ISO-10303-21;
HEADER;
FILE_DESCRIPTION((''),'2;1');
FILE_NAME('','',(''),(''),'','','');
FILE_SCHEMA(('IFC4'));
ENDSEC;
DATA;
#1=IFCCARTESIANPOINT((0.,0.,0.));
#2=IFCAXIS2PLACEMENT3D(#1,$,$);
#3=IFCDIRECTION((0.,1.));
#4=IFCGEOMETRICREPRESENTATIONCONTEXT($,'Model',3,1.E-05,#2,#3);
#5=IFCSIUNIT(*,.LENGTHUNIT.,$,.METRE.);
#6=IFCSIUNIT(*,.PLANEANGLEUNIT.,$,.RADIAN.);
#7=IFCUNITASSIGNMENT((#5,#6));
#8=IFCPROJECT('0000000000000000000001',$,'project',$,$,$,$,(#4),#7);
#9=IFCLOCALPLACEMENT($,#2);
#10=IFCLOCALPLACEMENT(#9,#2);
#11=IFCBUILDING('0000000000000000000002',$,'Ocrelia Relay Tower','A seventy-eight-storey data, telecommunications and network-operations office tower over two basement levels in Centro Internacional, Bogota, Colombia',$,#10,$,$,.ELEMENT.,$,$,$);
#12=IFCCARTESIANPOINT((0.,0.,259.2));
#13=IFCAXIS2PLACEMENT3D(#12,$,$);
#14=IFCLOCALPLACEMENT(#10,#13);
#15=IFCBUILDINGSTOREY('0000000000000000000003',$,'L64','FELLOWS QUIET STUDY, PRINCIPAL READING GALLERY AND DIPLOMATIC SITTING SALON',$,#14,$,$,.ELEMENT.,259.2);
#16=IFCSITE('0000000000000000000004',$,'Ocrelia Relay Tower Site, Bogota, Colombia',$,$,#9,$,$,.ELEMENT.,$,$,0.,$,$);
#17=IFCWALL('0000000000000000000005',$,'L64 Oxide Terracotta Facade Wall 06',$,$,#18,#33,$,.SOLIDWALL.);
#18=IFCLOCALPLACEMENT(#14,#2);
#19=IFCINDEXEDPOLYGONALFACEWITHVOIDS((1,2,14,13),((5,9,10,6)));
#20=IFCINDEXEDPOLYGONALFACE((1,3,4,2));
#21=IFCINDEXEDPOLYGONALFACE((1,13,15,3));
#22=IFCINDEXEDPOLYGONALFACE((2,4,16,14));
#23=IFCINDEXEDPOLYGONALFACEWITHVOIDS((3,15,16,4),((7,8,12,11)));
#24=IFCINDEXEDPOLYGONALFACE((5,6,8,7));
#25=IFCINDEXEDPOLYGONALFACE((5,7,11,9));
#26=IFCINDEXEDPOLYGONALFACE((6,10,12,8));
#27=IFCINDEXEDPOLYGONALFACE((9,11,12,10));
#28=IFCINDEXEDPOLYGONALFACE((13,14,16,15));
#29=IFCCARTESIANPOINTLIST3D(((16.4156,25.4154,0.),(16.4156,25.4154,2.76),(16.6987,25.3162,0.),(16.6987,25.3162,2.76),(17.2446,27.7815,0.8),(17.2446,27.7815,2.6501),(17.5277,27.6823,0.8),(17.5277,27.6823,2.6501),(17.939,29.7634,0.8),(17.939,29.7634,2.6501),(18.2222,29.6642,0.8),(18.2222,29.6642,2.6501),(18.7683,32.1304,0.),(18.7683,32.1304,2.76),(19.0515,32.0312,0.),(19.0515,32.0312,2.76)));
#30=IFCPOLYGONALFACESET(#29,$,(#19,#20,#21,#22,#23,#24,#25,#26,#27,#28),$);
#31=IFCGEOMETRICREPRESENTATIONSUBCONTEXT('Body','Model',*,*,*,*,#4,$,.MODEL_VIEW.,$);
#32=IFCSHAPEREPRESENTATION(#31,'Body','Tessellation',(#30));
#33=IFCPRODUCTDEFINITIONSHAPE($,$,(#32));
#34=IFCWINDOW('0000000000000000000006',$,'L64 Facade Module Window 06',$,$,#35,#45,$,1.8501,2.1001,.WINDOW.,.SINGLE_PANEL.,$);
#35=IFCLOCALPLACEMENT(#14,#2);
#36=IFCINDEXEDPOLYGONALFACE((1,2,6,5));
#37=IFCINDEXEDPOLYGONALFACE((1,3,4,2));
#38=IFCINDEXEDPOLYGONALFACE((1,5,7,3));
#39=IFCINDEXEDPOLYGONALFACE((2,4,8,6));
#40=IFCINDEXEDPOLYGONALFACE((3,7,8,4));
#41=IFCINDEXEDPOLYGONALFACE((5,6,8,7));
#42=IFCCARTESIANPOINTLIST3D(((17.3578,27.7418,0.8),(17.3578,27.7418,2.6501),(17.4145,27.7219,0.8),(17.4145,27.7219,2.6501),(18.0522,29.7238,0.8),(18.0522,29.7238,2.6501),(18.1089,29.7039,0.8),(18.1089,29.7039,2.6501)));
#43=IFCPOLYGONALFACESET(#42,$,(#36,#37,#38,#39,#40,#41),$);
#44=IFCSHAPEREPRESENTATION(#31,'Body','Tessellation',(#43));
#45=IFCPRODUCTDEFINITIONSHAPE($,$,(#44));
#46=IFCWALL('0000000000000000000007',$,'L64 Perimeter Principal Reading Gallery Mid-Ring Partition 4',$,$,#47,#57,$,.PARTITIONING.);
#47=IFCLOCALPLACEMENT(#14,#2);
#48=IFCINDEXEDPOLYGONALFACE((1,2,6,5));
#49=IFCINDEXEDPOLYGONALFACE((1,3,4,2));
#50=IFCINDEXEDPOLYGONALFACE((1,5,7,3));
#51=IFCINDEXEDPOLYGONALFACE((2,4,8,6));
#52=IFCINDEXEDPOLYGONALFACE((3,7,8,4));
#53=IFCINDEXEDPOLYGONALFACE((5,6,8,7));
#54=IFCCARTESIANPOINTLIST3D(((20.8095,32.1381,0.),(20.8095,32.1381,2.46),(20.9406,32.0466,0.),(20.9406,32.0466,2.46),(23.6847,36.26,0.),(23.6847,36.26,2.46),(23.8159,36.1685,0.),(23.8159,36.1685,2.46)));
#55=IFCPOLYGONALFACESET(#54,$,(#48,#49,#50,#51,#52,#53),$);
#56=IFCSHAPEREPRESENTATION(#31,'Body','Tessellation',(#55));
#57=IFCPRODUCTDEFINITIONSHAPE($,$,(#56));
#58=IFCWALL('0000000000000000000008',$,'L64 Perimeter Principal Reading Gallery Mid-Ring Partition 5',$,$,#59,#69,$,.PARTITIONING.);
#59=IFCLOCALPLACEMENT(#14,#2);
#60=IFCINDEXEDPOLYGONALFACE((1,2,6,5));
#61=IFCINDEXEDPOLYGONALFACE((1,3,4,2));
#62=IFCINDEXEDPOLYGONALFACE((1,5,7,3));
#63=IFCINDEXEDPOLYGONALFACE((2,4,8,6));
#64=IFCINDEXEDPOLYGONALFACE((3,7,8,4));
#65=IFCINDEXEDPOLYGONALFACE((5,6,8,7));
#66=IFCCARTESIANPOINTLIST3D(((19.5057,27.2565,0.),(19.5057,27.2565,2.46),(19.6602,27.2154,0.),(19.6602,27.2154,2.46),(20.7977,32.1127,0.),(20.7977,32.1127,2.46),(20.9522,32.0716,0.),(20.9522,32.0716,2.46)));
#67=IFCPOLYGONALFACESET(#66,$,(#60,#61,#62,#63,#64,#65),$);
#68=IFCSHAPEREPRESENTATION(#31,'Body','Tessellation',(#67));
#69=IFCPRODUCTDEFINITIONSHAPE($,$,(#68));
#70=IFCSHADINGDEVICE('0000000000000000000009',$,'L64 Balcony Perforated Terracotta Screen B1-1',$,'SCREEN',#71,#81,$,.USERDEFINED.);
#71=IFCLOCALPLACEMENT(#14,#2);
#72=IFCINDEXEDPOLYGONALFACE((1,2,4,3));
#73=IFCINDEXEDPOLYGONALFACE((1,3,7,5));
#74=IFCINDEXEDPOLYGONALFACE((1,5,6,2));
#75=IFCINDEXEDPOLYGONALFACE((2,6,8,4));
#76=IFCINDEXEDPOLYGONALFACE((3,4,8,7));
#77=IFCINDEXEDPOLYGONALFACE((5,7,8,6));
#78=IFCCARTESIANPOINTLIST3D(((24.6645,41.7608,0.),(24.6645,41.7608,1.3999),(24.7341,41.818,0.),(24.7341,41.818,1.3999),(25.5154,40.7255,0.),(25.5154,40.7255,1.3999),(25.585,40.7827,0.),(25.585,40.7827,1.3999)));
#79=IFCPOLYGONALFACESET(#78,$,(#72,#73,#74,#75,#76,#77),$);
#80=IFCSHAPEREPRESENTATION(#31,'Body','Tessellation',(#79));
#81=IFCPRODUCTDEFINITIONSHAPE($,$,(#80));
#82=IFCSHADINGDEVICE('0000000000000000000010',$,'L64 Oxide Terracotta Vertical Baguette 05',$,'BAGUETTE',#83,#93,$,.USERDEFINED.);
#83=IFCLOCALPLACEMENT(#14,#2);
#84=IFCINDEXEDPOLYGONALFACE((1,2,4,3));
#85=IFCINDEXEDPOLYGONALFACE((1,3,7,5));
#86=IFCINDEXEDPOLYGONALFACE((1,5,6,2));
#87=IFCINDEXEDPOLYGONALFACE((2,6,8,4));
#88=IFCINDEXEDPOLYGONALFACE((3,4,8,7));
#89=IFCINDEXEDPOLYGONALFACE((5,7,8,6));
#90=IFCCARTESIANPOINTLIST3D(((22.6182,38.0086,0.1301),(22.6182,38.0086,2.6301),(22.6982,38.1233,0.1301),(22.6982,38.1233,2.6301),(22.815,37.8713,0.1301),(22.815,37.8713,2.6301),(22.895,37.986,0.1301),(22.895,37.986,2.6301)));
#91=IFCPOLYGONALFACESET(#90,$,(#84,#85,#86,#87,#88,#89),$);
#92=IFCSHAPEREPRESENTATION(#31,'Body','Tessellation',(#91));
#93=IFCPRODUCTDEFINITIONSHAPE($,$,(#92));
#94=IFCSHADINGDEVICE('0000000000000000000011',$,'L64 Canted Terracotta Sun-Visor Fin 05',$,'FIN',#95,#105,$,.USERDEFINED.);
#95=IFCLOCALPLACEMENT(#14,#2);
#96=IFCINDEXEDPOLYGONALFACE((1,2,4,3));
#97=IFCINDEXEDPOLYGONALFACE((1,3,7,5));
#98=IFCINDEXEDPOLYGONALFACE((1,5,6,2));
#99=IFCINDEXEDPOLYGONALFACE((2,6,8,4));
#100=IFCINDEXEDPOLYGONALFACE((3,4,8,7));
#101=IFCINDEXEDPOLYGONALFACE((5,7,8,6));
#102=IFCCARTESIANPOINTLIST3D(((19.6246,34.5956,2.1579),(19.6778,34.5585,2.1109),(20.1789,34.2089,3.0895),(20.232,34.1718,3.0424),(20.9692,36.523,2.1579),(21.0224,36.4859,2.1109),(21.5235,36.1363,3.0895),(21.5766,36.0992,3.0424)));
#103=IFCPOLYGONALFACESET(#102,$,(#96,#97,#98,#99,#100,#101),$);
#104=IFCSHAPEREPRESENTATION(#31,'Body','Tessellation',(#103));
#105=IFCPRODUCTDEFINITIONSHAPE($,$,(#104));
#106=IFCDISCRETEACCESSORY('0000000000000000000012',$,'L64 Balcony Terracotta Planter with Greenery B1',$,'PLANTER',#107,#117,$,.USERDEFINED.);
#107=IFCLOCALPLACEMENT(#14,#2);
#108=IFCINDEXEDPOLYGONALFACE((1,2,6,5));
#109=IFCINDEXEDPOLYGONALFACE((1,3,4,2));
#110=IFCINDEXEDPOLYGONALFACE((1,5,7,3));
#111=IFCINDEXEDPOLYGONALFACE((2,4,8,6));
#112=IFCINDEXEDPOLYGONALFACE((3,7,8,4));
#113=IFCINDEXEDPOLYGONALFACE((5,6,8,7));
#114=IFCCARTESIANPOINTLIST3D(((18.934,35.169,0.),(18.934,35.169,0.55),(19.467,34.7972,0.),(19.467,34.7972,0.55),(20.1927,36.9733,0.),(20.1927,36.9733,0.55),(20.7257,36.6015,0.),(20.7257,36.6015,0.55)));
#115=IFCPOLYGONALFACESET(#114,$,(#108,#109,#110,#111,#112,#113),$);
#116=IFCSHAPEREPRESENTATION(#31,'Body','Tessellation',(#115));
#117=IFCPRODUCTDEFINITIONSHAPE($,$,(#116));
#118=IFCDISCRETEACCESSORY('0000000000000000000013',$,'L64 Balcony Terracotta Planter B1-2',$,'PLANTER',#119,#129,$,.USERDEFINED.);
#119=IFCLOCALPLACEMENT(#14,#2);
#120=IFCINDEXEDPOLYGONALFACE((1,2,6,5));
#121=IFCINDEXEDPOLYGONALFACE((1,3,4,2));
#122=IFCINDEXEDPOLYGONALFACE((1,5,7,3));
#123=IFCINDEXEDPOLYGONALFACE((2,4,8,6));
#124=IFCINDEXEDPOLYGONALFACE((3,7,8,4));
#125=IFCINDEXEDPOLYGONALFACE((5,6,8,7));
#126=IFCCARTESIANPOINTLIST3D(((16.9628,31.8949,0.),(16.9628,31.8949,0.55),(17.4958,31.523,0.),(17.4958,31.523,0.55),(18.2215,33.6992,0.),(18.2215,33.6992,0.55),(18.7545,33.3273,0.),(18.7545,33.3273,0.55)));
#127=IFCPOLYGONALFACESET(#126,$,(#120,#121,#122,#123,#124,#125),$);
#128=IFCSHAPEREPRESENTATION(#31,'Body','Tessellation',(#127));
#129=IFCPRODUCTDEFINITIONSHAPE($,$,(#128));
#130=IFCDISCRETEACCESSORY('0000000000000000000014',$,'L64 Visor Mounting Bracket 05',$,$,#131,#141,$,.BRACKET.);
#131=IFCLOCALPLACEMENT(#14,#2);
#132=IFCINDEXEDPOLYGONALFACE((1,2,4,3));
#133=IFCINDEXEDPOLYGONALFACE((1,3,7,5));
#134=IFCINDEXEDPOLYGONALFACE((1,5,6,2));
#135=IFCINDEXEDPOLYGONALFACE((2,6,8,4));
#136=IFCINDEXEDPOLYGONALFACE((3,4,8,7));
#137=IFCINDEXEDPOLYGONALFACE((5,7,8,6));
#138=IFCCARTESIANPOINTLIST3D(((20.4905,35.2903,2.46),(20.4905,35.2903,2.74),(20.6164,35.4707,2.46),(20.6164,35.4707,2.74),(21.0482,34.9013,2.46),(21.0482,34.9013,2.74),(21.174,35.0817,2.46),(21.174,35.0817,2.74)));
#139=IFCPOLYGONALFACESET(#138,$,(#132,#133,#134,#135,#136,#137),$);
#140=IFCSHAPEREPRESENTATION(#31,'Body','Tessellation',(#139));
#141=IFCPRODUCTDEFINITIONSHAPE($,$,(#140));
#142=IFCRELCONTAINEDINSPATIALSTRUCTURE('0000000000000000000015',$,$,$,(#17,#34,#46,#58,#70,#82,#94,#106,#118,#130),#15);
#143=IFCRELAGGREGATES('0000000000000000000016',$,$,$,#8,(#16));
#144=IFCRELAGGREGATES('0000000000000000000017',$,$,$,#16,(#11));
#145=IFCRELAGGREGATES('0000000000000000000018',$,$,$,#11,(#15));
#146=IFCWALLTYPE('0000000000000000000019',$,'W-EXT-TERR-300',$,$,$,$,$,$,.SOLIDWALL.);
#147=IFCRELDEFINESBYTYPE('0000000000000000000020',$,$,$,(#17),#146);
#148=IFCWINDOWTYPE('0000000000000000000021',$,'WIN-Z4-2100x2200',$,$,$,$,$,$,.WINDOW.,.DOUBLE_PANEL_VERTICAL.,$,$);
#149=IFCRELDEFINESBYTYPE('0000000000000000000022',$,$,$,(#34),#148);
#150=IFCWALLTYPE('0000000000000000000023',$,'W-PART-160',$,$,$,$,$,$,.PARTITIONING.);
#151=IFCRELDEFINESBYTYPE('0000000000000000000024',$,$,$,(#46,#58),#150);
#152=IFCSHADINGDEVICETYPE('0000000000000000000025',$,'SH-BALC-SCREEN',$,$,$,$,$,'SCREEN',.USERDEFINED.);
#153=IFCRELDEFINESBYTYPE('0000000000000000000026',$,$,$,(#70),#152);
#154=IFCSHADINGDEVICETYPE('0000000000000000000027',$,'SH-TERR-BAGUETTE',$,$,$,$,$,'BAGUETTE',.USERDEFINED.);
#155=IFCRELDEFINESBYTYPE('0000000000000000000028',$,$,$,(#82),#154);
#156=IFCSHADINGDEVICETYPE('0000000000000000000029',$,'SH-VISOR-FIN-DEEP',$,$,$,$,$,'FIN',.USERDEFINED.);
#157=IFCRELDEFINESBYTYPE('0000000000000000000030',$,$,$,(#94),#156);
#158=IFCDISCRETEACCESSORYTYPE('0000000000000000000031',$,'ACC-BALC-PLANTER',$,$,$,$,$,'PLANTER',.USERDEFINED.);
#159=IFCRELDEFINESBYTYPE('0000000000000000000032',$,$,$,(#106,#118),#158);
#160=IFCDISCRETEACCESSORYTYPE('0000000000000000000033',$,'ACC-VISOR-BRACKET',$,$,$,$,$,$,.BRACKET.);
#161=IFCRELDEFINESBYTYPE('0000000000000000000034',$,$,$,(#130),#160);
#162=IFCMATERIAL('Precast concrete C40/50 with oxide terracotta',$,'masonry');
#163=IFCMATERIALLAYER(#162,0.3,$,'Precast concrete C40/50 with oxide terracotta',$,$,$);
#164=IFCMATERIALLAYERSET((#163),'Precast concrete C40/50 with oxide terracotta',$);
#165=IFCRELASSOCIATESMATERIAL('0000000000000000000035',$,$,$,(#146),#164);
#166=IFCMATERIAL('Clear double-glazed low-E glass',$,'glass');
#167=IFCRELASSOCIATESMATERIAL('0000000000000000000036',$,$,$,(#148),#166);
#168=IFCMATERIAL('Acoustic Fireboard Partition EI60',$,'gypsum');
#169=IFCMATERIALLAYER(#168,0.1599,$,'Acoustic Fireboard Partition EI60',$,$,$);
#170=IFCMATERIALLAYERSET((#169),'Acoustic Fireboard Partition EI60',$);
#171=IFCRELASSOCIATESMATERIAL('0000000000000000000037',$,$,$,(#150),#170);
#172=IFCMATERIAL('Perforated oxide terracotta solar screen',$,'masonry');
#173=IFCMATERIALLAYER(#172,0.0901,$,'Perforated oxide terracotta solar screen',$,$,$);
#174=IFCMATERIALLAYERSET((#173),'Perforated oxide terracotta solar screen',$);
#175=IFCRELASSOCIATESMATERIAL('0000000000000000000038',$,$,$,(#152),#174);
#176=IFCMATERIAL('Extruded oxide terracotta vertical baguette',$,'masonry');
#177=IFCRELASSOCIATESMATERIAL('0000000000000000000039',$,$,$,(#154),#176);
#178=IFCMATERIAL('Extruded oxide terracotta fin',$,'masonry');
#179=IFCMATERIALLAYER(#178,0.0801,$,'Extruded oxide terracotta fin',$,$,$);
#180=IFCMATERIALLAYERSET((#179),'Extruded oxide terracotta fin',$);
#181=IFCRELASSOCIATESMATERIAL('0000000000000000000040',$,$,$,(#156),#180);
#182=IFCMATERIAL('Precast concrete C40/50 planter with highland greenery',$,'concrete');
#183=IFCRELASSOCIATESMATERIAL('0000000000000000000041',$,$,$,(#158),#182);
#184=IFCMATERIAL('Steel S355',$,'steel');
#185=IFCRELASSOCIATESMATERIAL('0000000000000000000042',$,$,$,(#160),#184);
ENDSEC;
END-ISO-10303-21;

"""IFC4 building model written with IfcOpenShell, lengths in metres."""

from ifc_helpers import new_model, si_unit, direction, frame, frame_2d, origin, origin_2d, place, context, subcontext, project, spatial, rectangle, extrude, material, layer, layer_set, type_object, element, fill, save


model = new_model("IFC4")

# Units and contexts
model_context = context("Model", 3, precision=1e-05, world=origin(), true_north=direction((0.0, 1.0)))
body_context = subcontext(model_context, "Body", "Model", "MODEL_VIEW")
ifc_project = project(units=[si_unit("LENGTHUNIT", "METRE"), si_unit("PLANEANGLEUNIT", "RADIAN")], contexts=[model_context])

# Site, building, storey
site_placement = place(None, origin())
site = spatial("IfcSite", under=ifc_project, at=site_placement, Name="Ocrelia Relay Tower Site, Bogota, Colombia", CompositionType="ELEMENT", RefElevation=0.0)
building_placement = place(site_placement, origin())
building = spatial("IfcBuilding", under=site, at=building_placement, Name="Ocrelia Relay Tower", Description="A seventy-eight-storey data, telecommunications and network-operations office tower over two basement levels in Centro Internacional, Bogota, Colombia", CompositionType="ELEMENT")
storey_placement = place(building_placement, frame((0.0, 0.0, 259.2)))
storey = spatial("IfcBuildingStorey", under=building, at=storey_placement, Name="L64", Description="FELLOWS QUIET STUDY, PRINCIPAL READING GALLERY AND DIPLOMATIC SITTING SALON", CompositionType="ELEMENT", Elevation=259.2)

# Shared definitions
ifc_material_1 = material(Name="Steel S355", Category="steel")

# Shared definitions
ifc_material_2 = material(Name="Precast concrete C40/50 with oxide terracotta", Category="masonry")
ifc_layer_1 = layer(ifc_material_2, 0.3, Name="Precast concrete C40/50 with oxide terracotta")
ifc_layer_set_1 = layer_set([ifc_layer_1], Name="Precast concrete C40/50 with oxide terracotta")
wall_type_1 = type_object("IfcWallType", Name="W-EXT-TERR-300", PredefinedType="SOLIDWALL", material=ifc_layer_set_1)

# Wall, opening, window
wall_1_placement = place(storey_placement, frame((18.9099, 32.0808, 0.0), z_axis=(0.0, 0.0, 1.0), x_axis=(-0.330664, -0.943749, 0.0)))
wall_1 = element("IfcWall", 1, at=wall_1_placement, inside=storey, type_object=wall_type_1, Name="L64 Oxide Terracotta Facade Wall 06", PredefinedType="SOLIDWALL", context=body_context, shape_type="SweptSolid", body=[
    extrude(rectangle(XDim=7.1152, YDim=0.3, at=frame_2d((3.5576, 0.0))), origin(), (0.0, 0.0, 1.0), 2.76),
])
opening_1_placement = place(wall_1_placement, frame((2.5081, 0.0, 0.8)))
opening_1 = element("IfcOpeningElement", 2, at=opening_1_placement, cuts=wall_1, PredefinedType="OPENING", context=body_context, shape_type="SweptSolid", body=[
    extrude(rectangle(XDim=2.1001, YDim=1.8501, at=frame_2d((1.05, 0.925))), frame((0.0, 0.1602, 0.0), z_axis=(0.0, -1.0, 0.0), x_axis=(1.0, 0.0, 0.0)), (0.0, 0.0, 1.0), 0.3201),
])
ifc_material_3 = material(Name="Clear double-glazed low-E glass", Category="glass")
window_type = type_object("IfcWindowType", Name="WIN-Z4-2100x2200", PartitioningType="DOUBLE_PANEL_VERTICAL", PredefinedType="WINDOW", material=ifc_material_3)
window_placement = place(opening_1_placement, origin())
window = element("IfcWindow", 3, at=window_placement, inside=storey, type_object=window_type, Name="L64 Facade Module Window 06", OverallHeight=1.8501, OverallWidth=2.1001, PartitioningType="SINGLE_PANEL", PredefinedType="WINDOW", context=body_context, shape_type="SweptSolid", body=[
    extrude(rectangle(XDim=2.1001, YDim=1.8501, at=frame_2d((1.05, 0.925))), frame((0.0, 0.03, 0.0), z_axis=(0.0, -1.0, 0.0), x_axis=(1.0, 0.0, 0.0)), (0.0, 0.0, 1.0), 0.0601),
])
fill(opening_1, window)

# Walls
ifc_material_4 = material(Name="Acoustic Fireboard Partition EI60", Category="gypsum")
ifc_layer_2 = layer(ifc_material_4, 0.1599, Name="Acoustic Fireboard Partition EI60")
ifc_layer_set_2 = layer_set([ifc_layer_2], Name="Acoustic Fireboard Partition EI60")
wall_type_2 = type_object("IfcWallType", Name="W-PART-160", PredefinedType="PARTITIONING", material=ifc_layer_set_2)
wall_2_placement = place(storey_placement, frame((23.7502, 36.2141, 0.0), z_axis=(0.0, 0.0, 1.0), x_axis=(-0.572122, -0.820169, 0.0)))
element("IfcWall", 4, at=wall_2_placement, inside=storey, type_object=wall_type_2, Name="L64 Perimeter Principal Reading Gallery Mid-Ring Partition 4", PredefinedType="PARTITIONING", context=body_context, shape_type="SweptSolid", body=[
    extrude(rectangle(XDim=5.0256, YDim=0.1599, at=frame_2d((2.5127, 0.0))), origin(), (0.0, 0.0, 1.0), 2.46),
])
wall_3_placement = place(storey_placement, frame((20.875, 32.0923, 0.0), z_axis=(0.0, 0.0, 1.0), x_axis=(-0.257106, -0.966383, 0.0)))
element("IfcWall", 5, at=wall_3_placement, inside=storey, type_object=wall_type_2, Name="L64 Perimeter Principal Reading Gallery Mid-Ring Partition 5", PredefinedType="PARTITIONING", context=body_context, shape_type="SweptSolid", body=[
    extrude(rectangle(XDim=5.0251, YDim=0.1599, at=frame_2d((2.5127, 0.0))), origin(), (0.0, 0.0, 1.0), 2.46),
])

# Shading devices
ifc_material_5 = material(Name="Perforated oxide terracotta solar screen", Category="masonry")
ifc_layer_3 = layer(ifc_material_5, 0.0901, Name="Perforated oxide terracotta solar screen")
ifc_layer_set_3 = layer_set([ifc_layer_3], Name="Perforated oxide terracotta solar screen")
shading_device_type_1 = type_object("IfcShadingDeviceType", Name="SH-BALC-SCREEN", ElementType="SCREEN", PredefinedType="USERDEFINED", material=ifc_layer_set_3)
shading_device_1_placement = place(storey_placement, frame((25.1248, 41.2717, 0.0), z_axis=(0.0, 0.0, 1.0), x_axis=(-0.634967, 0.772539, 0.0)))
element("IfcShadingDevice", 6, at=shading_device_1_placement, inside=storey, type_object=shading_device_type_1, Name="L64 Balcony Perforated Terracotta Screen B1-1", ObjectType="SCREEN", PredefinedType="USERDEFINED", context=body_context, shape_type="SweptSolid", body=[
    extrude(rectangle(XDim=1.3401, YDim=0.0901, at=origin_2d()), origin(), (0.0, 0.0, 1.0), 1.3999),
])
ifc_material_6 = material(Name="Extruded oxide terracotta vertical baguette", Category="masonry")
shading_device_type_2 = type_object("IfcShadingDeviceType", Name="SH-TERR-BAGUETTE", ElementType="BAGUETTE", PredefinedType="USERDEFINED", material=ifc_material_6)
shading_device_2_placement = place(storey_placement, frame((22.7566, 37.9973, 0.1301), z_axis=(0.0, 0.0, 1.0), x_axis=(-0.572144, -0.820153, 0.0)))
element("IfcShadingDevice", 7, at=shading_device_2_placement, inside=storey, type_object=shading_device_type_2, Name="L64 Oxide Terracotta Vertical Baguette 05", ObjectType="BAGUETTE", PredefinedType="USERDEFINED", context=body_context, shape_type="SweptSolid", body=[
    extrude(rectangle(XDim=0.1399, YDim=0.24, at=origin_2d()), origin(), (0.0, 0.0, 1.0), 2.5),
])
ifc_material_7 = material(Name="Extruded oxide terracotta fin", Category="masonry")
ifc_layer_4 = layer(ifc_material_7, 0.0801, Name="Extruded oxide terracotta fin")
ifc_layer_set_4 = layer_set([ifc_layer_4], Name="Extruded oxide terracotta fin")
shading_device_type_3 = type_object("IfcShadingDeviceType", Name="SH-VISOR-FIN-DEEP", ElementType="FIN", PredefinedType="USERDEFINED", material=ifc_layer_set_4)
shading_device_3_placement = place(storey_placement, frame((20.6272, 35.3289, 2.5767), z_axis=(-0.663854, 0.463109, 0.58722), x_axis=(-0.572144, -0.820153, 0.0)))
element("IfcShadingDevice", 8, at=shading_device_3_placement, inside=storey, type_object=shading_device_type_3, Name="L64 Canted Terracotta Sun-Visor Fin 05", ObjectType="FIN", PredefinedType="USERDEFINED", context=body_context, shape_type="SweptSolid", body=[
    extrude(rectangle(XDim=2.3501, YDim=1.1509, at=origin_2d()), origin(), (0.0, 0.0, 1.0), 0.0801),
])

# Discrete accessories
ifc_material_8 = material(Name="Precast concrete C40/50 planter with highland greenery", Category="concrete")
discrete_accessory_type_1 = type_object("IfcDiscreteAccessoryType", Name="ACC-BALC-PLANTER", ElementType="PLANTER", PredefinedType="USERDEFINED", material=ifc_material_8)
for number, where, z_axis, x_axis, name in (
    (9, (19.8298, 35.8853, 0.0), (0.0, 0.0, 1.0), (0.572141, 0.820155, 0.0), "L64 Balcony Terracotta Planter with Greenery B1"),
    (10, (17.8586, 32.6111, 0.0), (0.0, 0.0, 1.0), (0.572141, 0.820155, 0.0), "L64 Balcony Terracotta Planter B1-2"),
):
    element("IfcDiscreteAccessory", number, at=place(storey_placement, frame(where, z_axis=z_axis, x_axis=x_axis)), inside=storey, type_object=discrete_accessory_type_1, Name=name, ObjectType="PLANTER", PredefinedType="USERDEFINED", context=body_context, shape_type="SweptSolid", body=[
        extrude(rectangle(XDim=2.2, YDim=0.6499, at=origin_2d()), origin(), (0.0, 0.0, 1.0), 0.55),
    ])
discrete_accessory_type_2 = type_object("IfcDiscreteAccessoryType", Name="ACC-VISOR-BRACKET", PredefinedType="BRACKET", material=ifc_material_1)
discrete_accessory_placement = place(storey_placement, frame((20.8323, 35.186, 2.46), z_axis=(0.0, 0.0, 1.0), x_axis=(-0.572144, -0.820153, 0.0)))
element("IfcDiscreteAccessory", 11, at=discrete_accessory_placement, inside=storey, type_object=discrete_accessory_type_2, Name="L64 Visor Mounting Bracket 05", PredefinedType="BRACKET", context=body_context, shape_type="SweptSolid", body=[
    extrude(rectangle(XDim=0.22, YDim=0.6799, at=origin_2d()), origin(), (0.0, 0.0, 1.0), 0.28),
])

save(model, "model.ifc")
